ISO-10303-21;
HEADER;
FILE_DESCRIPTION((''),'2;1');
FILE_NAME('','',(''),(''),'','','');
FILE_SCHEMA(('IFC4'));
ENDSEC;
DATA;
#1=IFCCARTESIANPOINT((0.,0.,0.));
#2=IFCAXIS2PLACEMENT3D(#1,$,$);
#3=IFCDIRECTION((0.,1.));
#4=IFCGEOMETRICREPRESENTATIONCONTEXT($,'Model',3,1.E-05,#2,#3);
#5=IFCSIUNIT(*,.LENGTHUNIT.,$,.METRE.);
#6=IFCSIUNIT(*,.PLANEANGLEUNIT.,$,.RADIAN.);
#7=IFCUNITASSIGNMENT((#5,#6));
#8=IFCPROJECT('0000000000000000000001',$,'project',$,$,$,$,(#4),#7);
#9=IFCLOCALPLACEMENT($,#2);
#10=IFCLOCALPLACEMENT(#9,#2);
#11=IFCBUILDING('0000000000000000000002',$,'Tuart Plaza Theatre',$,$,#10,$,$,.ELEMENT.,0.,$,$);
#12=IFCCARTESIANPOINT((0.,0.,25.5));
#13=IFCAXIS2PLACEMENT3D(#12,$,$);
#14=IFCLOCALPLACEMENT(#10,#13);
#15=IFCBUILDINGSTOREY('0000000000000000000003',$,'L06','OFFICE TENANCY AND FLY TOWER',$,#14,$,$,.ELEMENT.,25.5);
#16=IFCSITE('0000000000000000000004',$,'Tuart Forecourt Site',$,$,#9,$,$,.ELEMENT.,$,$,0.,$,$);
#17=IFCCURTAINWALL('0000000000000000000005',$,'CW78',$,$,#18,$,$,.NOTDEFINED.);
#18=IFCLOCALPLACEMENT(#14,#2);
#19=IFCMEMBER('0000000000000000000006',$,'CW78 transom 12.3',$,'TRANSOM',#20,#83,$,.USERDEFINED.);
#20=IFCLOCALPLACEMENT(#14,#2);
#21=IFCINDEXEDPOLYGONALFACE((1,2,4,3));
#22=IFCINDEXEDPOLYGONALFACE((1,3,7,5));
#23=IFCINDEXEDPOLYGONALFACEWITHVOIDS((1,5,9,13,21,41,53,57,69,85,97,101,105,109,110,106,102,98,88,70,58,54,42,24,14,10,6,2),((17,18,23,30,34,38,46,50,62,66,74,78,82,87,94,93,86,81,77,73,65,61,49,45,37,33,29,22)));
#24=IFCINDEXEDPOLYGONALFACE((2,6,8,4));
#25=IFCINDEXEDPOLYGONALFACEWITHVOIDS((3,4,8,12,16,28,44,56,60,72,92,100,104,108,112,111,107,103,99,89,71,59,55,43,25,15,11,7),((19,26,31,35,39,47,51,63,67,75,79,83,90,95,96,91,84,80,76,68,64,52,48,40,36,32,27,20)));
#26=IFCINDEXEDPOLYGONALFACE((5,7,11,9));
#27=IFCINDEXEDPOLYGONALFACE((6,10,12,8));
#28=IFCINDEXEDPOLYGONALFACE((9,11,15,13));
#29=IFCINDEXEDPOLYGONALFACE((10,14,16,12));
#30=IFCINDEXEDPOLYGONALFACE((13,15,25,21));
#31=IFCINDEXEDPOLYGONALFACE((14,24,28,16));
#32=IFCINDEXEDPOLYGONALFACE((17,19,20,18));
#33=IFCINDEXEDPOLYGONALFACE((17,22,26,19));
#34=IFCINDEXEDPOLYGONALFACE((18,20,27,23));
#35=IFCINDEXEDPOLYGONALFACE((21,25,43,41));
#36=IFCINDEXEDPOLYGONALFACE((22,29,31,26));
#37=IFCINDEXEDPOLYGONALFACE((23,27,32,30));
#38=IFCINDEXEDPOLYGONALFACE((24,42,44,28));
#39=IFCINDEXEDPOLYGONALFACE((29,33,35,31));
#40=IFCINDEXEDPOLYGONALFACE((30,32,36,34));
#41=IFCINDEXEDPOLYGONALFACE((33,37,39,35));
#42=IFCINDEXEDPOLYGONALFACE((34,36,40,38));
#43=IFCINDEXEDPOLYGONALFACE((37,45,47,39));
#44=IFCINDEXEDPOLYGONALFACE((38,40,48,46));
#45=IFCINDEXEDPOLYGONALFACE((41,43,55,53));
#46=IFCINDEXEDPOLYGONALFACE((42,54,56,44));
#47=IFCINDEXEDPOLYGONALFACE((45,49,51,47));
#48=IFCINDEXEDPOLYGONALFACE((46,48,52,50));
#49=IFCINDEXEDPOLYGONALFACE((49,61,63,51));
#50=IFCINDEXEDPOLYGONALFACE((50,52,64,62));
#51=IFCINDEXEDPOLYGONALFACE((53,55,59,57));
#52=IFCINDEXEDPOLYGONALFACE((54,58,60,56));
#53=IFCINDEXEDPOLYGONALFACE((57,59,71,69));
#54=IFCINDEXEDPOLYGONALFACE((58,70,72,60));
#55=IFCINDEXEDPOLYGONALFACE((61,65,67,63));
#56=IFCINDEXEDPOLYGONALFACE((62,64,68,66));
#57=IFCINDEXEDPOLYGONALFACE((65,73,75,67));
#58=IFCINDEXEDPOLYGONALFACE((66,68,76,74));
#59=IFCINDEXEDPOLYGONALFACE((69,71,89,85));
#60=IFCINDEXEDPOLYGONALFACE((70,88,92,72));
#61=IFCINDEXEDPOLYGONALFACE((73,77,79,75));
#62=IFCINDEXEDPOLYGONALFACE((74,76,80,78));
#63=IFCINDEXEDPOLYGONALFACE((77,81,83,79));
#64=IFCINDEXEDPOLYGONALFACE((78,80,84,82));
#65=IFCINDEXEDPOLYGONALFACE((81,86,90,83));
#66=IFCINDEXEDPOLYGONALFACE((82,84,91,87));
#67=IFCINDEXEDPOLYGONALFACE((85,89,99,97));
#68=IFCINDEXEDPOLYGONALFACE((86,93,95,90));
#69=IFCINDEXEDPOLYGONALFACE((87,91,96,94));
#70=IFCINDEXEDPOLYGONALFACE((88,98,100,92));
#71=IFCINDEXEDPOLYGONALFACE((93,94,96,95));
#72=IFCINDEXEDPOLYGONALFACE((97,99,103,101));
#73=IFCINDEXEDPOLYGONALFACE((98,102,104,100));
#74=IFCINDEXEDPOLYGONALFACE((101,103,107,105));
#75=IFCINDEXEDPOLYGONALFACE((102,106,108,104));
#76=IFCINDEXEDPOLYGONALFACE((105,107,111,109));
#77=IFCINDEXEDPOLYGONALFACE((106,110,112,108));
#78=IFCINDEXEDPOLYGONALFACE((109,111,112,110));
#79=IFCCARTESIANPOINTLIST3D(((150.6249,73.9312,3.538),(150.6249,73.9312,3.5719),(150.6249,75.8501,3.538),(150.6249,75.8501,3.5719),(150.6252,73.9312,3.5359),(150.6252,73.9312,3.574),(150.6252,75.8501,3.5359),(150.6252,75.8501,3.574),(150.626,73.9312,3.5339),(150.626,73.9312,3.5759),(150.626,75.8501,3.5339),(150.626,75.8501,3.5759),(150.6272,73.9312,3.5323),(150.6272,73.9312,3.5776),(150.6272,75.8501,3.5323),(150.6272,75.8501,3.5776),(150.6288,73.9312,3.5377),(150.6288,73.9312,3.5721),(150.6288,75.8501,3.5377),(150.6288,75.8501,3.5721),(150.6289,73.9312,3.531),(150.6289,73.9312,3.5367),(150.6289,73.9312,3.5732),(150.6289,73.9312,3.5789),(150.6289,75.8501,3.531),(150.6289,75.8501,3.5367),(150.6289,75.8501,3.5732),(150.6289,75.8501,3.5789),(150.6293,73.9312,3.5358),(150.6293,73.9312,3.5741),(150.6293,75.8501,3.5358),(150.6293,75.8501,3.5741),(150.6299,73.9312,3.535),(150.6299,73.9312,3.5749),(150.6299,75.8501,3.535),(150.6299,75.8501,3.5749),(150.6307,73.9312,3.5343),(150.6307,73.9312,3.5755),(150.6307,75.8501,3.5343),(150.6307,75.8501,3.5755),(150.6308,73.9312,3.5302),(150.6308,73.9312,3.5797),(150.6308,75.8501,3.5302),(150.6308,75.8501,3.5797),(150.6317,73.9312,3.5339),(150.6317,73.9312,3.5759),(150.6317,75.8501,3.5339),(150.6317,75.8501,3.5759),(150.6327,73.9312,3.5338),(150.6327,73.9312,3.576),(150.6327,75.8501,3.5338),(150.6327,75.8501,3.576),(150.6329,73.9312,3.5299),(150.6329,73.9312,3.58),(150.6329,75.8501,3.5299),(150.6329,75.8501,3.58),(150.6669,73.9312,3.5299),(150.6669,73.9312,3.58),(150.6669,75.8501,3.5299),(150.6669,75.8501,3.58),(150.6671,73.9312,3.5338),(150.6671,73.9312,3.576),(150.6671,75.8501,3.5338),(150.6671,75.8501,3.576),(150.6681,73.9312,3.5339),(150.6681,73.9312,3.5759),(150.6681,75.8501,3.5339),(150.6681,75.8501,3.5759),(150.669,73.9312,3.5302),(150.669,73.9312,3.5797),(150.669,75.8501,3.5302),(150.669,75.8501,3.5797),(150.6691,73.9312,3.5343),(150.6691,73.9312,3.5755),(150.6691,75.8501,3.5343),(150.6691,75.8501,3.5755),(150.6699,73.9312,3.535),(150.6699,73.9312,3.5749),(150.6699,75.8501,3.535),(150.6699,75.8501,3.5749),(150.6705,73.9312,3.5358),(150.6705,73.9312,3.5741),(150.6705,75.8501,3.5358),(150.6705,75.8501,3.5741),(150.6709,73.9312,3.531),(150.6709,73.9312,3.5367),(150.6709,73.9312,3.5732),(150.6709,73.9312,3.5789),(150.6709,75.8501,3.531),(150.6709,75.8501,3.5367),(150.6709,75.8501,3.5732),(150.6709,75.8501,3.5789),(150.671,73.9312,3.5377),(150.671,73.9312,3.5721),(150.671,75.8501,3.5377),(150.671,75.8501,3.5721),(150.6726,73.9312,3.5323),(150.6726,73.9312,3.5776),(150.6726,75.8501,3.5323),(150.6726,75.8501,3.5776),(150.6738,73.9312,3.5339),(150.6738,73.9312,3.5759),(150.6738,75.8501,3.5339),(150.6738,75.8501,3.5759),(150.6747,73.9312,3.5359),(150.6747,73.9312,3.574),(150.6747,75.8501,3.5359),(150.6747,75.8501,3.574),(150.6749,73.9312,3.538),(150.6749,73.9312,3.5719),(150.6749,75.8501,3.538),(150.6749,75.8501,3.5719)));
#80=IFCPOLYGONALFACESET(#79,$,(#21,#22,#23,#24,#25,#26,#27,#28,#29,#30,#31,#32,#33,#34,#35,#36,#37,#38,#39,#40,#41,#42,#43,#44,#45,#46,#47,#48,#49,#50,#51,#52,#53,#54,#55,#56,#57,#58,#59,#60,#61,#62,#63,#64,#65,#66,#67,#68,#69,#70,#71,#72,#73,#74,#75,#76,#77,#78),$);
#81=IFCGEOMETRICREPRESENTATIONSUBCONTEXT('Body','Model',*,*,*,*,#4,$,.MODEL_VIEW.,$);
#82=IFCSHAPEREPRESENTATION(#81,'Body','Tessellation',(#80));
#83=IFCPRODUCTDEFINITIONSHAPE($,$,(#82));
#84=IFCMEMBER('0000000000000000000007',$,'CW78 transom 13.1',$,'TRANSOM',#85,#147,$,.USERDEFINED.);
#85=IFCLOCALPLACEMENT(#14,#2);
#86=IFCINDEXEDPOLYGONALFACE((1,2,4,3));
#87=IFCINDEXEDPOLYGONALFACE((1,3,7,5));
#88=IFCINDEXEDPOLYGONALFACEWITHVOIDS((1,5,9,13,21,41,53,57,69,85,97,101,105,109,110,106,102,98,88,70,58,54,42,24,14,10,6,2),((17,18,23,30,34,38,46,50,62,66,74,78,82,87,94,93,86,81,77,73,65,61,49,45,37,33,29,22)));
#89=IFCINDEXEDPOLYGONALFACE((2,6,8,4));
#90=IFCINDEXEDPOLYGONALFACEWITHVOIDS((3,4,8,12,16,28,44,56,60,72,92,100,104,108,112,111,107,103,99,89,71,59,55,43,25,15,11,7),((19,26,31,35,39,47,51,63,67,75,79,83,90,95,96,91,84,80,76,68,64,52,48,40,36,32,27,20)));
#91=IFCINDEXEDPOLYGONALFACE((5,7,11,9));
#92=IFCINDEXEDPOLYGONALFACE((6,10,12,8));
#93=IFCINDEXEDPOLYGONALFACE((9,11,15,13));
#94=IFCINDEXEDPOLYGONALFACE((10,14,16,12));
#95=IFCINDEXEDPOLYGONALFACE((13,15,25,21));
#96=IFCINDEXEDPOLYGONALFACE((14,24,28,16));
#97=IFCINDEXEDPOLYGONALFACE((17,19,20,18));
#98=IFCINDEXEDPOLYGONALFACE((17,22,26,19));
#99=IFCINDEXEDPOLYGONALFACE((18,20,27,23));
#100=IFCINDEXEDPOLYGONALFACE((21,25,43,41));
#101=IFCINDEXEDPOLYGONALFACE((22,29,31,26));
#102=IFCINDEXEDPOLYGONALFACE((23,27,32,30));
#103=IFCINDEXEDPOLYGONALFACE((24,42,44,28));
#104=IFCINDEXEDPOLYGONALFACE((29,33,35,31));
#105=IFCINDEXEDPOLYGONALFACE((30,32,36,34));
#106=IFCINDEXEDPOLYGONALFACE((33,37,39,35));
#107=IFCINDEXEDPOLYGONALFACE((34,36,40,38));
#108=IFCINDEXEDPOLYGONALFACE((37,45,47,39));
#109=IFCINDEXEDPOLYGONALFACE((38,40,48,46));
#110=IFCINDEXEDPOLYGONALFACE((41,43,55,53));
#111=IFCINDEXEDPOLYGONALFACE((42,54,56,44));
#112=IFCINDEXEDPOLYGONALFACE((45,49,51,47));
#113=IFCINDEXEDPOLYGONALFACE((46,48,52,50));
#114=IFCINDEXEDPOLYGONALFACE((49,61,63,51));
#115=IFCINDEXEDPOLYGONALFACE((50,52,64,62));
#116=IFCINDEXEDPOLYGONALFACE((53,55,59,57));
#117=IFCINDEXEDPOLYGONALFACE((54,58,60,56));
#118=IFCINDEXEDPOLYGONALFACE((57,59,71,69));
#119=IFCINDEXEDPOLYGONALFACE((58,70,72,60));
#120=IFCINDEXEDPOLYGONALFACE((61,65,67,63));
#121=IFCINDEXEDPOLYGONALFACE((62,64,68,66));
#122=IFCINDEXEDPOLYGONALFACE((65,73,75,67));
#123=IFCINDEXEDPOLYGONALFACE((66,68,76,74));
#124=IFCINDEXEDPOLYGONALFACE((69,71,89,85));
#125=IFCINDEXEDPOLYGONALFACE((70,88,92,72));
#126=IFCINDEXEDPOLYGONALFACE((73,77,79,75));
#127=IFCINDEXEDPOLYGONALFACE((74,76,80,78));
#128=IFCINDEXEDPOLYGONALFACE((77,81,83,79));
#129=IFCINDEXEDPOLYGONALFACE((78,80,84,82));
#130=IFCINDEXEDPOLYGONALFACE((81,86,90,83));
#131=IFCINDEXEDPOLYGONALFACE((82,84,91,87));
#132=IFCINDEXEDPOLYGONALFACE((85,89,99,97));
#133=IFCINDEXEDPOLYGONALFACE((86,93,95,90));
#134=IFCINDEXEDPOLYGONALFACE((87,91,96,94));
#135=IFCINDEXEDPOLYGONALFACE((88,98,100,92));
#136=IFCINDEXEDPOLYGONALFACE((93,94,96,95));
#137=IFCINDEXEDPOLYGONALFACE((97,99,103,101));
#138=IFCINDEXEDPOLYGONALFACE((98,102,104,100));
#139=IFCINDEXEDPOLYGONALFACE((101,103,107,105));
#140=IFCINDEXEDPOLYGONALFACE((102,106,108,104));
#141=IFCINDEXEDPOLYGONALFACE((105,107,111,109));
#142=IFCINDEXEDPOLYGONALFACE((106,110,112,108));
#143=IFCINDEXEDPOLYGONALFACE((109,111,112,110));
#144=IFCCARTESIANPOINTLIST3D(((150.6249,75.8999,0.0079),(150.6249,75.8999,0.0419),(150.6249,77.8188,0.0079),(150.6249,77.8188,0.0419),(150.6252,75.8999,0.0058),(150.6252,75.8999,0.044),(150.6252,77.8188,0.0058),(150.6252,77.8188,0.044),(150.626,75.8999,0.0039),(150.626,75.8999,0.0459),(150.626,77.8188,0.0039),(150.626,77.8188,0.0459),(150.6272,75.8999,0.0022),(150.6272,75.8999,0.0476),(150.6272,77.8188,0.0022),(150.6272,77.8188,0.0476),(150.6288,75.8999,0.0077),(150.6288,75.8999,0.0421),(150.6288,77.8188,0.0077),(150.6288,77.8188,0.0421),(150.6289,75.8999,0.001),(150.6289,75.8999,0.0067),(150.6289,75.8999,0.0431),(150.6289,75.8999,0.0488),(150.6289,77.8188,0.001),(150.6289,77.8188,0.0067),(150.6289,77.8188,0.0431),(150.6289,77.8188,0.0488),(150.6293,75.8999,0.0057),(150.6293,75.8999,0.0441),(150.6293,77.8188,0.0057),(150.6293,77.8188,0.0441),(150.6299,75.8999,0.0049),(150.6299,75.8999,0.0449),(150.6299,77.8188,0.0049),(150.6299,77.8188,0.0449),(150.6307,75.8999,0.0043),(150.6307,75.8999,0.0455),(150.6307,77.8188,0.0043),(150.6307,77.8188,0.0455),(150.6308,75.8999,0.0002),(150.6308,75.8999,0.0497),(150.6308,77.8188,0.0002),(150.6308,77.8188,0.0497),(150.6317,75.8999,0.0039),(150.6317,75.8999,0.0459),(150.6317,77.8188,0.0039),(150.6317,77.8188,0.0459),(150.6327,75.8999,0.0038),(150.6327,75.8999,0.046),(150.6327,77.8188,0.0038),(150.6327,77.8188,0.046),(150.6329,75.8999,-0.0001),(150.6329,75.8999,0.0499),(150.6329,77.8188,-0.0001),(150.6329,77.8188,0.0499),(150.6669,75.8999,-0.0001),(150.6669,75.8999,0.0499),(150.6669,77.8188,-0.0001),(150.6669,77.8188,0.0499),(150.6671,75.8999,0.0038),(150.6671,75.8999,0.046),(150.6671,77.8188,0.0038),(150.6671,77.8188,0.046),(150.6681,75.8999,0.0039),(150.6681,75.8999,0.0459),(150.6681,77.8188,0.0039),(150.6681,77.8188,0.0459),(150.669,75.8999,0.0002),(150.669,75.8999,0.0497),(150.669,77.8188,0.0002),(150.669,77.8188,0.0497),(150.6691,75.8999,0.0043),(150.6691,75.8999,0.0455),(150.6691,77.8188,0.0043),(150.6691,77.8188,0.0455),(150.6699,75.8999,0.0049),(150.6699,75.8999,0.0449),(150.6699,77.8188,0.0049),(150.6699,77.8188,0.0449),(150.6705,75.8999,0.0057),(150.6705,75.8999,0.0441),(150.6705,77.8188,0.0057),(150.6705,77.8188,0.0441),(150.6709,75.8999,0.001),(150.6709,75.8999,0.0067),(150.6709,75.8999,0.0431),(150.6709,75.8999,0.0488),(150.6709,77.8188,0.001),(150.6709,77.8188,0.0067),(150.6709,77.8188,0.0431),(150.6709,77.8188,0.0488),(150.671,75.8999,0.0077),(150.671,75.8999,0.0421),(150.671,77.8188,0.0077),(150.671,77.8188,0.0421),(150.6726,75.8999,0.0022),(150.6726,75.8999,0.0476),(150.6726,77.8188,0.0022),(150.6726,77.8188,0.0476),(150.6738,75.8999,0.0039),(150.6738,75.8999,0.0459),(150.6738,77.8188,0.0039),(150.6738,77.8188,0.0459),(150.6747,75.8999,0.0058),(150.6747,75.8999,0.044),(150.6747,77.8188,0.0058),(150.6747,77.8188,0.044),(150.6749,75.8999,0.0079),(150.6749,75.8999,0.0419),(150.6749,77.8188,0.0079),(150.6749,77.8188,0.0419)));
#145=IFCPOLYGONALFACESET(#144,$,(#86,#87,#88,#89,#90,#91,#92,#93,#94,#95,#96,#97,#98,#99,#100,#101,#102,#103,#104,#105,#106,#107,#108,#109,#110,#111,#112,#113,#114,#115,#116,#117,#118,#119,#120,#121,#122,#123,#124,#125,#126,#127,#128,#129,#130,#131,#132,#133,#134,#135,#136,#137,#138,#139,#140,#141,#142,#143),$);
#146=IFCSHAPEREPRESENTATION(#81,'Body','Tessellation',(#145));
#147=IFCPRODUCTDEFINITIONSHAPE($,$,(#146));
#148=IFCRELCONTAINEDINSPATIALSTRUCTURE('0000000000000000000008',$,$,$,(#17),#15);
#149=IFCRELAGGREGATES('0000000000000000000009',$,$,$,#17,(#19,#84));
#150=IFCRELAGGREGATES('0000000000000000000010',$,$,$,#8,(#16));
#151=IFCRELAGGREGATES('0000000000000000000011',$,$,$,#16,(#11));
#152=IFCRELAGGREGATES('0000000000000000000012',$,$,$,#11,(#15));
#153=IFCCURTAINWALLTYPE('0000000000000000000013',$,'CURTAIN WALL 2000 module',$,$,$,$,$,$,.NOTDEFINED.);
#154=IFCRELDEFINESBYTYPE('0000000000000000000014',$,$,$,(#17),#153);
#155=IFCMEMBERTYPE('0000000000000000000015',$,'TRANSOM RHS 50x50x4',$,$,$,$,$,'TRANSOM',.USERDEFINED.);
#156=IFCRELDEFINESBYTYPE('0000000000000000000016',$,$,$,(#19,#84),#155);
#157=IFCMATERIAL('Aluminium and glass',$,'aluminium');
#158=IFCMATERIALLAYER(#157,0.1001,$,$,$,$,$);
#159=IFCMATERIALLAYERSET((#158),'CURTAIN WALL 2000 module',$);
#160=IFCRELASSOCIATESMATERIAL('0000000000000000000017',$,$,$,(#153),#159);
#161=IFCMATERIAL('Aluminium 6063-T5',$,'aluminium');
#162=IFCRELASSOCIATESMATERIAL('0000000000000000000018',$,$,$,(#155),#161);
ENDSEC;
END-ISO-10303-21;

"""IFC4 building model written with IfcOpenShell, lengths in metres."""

from ifc_helpers import new_model, si_unit, direction, frame, origin, origin_2d, place, context, subcontext, project, spatial, hollow_rectangle, extrude, material, layer, layer_set, material_profile, profile_set, type_object, element, aggregate, save


model = new_model("IFC4")

# Units and contexts
model_context = context("Model", 3, precision=1e-05, world=origin(), true_north=direction((0.0, 1.0)))
body_context = subcontext(model_context, "Body", "Model", "MODEL_VIEW")
ifc_project = project(units=[si_unit("LENGTHUNIT", "METRE"), si_unit("PLANEANGLEUNIT", "RADIAN")], contexts=[model_context])

# Site, building, storey
site_placement = place(None, origin())
site = spatial("IfcSite", under=ifc_project, at=site_placement, Name="Tuart Forecourt Site", CompositionType="ELEMENT", RefElevation=0.0)
building_placement = place(site_placement, origin())
building = spatial("IfcBuilding", under=site, at=building_placement, Name="Tuart Plaza Theatre", CompositionType="ELEMENT", ElevationOfRefHeight=0.0)
storey_placement = place(building_placement, frame((0.0, 0.0, 25.5)))
storey = spatial("IfcBuildingStorey", under=building, at=storey_placement, Name="L06", Description="OFFICE TENANCY AND FLY TOWER", CompositionType="ELEMENT", Elevation=25.5)

# Curtain wall, members
ifc_material_1 = material(Name="Aluminium and glass", Category="aluminium")
ifc_layer_1 = layer(ifc_material_1, 0.1001)
ifc_layer_set_1 = layer_set([ifc_layer_1], Name="CURTAIN WALL 2000 module")
curtain_wall_type = type_object("IfcCurtainWallType", Name="CURTAIN WALL 2000 module", PredefinedType="NOTDEFINED", material=ifc_layer_set_1)
curtain_wall_placement = place(storey_placement, origin())
curtain_wall = element("IfcCurtainWall", 1, at=curtain_wall_placement, inside=storey, type_object=curtain_wall_type, Name="CW78", PredefinedType="NOTDEFINED")
ifc_material_2 = material(Name="Aluminium 6063-T5", Category="aluminium")
ifc_material_profile_1 = material_profile(ifc_material_2, hollow_rectangle(XDim=0.05, YDim=0.05, WallThickness=0.0039, InnerFilletRadius=0.0039, OuterFilletRadius=0.0081, at=origin_2d()), Name="RHS 50x50x4")
ifc_profile_set_1 = profile_set([ifc_material_profile_1], Name="Aluminium 6063-T5")
member_type_1 = type_object("IfcMemberType", Name="TRANSOM RHS 50x50x4", ElementType="TRANSOM", PredefinedType="USERDEFINED", material=ifc_profile_set_1)
member_1_placement = place(storey_placement, frame((150.6499, 73.9312, 3.5549), z_axis=(0.0, 1.0, 0.0), x_axis=(-1.0, 0.0, 0.0)))
member_1 = element("IfcMember", 2, at=member_1_placement, type_object=member_type_1, Name="CW78 transom 12.3", ObjectType="TRANSOM", PredefinedType="USERDEFINED", context=body_context, shape_type="SweptSolid", body=[
    extrude(hollow_rectangle(XDim=0.05, YDim=0.05, WallThickness=0.0039, InnerFilletRadius=0.0039, OuterFilletRadius=0.0081, at=origin_2d()), origin(), (0.0, 0.0, 1.0), 1.9189),
])
member_2_placement = place(storey_placement, frame((150.6499, 75.8999, 0.0249), z_axis=(0.0, 1.0, 0.0), x_axis=(-1.0, 0.0, 0.0)))
member_2 = element("IfcMember", 3, at=member_2_placement, type_object=member_type_1, Name="CW78 transom 13.1", ObjectType="TRANSOM", PredefinedType="USERDEFINED", context=body_context, shape_type="SweptSolid", body=[
    extrude(hollow_rectangle(XDim=0.05, YDim=0.05, WallThickness=0.0039, InnerFilletRadius=0.0039, OuterFilletRadius=0.0081, at=origin_2d()), origin(), (0.0, 0.0, 1.0), 1.9189),
])
aggregate(curtain_wall, [member_1, member_2])

save(model, "model.ifc")
